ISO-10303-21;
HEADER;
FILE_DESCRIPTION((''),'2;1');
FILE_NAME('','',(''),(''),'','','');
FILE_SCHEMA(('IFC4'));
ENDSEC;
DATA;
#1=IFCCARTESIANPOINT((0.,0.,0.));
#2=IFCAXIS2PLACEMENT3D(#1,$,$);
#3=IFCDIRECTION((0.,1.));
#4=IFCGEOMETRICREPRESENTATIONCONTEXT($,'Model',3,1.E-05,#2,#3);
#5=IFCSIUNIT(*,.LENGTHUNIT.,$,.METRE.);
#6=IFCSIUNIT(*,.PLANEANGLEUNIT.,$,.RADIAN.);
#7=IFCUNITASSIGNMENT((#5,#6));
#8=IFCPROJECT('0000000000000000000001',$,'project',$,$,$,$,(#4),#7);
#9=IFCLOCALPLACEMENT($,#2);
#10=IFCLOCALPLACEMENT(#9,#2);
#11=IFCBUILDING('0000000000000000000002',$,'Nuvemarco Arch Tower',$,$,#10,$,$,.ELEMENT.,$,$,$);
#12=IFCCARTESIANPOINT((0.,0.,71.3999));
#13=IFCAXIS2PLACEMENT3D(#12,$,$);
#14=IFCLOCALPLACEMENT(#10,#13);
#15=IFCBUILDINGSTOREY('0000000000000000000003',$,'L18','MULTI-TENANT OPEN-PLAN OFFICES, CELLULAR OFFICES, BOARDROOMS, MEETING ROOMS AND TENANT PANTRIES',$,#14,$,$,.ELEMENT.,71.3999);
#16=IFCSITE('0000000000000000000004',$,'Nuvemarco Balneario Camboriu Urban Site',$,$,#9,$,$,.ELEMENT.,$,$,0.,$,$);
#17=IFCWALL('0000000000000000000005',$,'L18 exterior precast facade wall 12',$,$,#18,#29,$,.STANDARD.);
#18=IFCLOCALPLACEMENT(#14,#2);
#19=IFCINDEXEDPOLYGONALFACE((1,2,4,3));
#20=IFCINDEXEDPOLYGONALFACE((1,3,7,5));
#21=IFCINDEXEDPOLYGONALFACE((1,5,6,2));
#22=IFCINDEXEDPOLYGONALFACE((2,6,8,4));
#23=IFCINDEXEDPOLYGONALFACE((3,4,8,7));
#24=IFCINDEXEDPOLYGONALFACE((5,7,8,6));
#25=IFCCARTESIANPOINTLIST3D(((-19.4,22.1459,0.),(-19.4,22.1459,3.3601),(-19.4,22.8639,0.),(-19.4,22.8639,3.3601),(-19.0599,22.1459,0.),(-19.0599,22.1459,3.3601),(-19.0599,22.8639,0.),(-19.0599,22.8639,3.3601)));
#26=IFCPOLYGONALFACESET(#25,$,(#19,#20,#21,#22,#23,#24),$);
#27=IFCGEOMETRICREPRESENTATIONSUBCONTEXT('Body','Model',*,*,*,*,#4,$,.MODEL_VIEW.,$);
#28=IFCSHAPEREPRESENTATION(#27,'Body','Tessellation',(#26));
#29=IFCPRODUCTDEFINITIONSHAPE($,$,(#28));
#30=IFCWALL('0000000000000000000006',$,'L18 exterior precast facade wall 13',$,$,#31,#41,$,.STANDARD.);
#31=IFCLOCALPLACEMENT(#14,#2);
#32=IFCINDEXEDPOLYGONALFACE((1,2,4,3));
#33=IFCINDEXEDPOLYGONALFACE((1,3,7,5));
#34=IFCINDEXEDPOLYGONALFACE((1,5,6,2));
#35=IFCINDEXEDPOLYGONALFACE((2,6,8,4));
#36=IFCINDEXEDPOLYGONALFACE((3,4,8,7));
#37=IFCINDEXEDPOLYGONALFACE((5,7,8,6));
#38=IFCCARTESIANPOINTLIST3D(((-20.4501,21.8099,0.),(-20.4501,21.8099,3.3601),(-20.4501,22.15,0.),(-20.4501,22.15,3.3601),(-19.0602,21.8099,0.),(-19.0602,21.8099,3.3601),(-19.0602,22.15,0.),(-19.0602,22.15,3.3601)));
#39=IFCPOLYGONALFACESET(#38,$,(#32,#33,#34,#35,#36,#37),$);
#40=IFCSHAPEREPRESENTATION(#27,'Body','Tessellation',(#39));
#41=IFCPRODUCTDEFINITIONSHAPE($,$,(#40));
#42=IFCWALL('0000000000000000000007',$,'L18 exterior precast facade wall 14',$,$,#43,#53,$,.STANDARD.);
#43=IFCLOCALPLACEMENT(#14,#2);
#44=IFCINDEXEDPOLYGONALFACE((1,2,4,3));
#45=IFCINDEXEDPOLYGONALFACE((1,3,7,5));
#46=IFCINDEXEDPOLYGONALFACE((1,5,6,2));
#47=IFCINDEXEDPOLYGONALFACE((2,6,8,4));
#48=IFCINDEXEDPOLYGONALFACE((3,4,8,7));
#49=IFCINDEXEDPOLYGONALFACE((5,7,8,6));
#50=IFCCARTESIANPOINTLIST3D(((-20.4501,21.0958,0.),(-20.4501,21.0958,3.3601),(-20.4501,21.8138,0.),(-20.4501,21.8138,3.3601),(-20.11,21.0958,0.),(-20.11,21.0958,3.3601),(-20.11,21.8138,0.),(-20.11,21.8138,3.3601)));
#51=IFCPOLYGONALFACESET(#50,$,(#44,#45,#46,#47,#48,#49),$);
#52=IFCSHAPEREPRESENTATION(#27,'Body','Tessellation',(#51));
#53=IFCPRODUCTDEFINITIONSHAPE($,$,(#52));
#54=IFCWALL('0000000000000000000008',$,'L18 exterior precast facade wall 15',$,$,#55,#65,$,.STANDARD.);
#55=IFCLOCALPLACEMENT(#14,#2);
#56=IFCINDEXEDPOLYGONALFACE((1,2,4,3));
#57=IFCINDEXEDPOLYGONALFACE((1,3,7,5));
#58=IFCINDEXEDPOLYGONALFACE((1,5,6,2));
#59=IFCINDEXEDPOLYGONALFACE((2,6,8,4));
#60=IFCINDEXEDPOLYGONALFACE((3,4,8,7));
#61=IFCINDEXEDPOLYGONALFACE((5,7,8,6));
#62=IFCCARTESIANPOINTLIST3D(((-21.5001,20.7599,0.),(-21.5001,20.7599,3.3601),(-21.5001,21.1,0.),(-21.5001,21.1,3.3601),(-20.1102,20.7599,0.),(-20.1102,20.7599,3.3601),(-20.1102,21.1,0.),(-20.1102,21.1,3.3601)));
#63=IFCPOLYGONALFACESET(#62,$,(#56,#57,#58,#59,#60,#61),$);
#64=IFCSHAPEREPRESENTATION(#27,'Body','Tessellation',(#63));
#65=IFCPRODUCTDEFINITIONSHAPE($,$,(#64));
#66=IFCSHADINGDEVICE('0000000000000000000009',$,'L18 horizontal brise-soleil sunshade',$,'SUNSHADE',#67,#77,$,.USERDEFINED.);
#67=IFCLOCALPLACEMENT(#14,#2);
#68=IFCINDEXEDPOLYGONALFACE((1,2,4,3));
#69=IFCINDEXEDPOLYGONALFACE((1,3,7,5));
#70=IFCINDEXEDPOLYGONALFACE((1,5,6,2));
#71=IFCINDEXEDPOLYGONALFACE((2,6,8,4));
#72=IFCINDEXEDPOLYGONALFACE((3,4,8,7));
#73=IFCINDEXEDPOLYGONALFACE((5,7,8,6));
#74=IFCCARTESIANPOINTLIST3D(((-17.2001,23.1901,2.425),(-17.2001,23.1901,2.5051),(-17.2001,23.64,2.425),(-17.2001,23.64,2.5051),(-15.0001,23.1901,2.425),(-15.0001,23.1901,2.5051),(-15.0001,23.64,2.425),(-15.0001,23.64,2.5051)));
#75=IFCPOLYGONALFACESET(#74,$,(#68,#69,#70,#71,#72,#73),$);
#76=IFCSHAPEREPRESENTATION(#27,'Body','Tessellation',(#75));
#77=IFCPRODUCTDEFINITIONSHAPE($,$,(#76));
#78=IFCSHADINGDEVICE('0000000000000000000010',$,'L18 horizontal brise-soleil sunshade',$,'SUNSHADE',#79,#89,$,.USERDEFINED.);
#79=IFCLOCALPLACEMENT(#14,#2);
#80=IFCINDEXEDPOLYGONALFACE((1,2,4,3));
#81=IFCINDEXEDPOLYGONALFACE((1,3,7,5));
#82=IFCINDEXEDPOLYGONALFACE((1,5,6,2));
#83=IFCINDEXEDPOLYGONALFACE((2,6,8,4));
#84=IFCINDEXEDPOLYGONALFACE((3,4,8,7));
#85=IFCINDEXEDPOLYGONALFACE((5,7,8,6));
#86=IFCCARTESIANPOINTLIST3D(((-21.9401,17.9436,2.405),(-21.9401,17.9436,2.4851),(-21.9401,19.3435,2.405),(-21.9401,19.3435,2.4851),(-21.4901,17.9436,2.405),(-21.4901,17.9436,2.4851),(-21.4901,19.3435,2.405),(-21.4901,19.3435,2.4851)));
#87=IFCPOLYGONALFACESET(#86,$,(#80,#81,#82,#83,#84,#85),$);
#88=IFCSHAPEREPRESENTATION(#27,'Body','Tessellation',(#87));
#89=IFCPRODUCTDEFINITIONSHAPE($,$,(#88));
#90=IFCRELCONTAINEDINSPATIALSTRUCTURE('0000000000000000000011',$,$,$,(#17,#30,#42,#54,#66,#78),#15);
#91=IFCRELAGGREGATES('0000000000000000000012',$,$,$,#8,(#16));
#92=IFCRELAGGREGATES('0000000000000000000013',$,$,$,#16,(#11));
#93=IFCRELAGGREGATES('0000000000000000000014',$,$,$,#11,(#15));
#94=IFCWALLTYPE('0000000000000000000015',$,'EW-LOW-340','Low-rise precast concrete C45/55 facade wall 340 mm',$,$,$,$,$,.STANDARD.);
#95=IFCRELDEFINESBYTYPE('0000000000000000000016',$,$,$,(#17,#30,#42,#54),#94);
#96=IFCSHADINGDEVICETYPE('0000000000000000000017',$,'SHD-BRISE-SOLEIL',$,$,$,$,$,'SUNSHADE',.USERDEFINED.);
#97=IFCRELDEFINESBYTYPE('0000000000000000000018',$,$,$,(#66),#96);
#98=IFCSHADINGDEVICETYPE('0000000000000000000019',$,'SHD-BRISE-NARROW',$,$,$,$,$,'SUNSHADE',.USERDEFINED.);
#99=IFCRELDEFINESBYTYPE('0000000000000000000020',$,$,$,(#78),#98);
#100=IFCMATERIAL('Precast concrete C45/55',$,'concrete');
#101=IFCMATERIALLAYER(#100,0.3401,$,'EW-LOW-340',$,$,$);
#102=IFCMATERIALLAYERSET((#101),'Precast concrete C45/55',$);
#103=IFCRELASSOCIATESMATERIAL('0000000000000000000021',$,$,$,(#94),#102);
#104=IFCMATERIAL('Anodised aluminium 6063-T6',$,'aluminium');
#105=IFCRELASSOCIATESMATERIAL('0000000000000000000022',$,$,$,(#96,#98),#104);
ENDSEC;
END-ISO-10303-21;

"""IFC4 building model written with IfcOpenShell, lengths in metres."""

from ifc_helpers import new_model, si_unit, direction, frame, frame_2d, origin, origin_2d, place, context, subcontext, project, spatial, rectangle, extrude, source, transform, mapped, material, layer, layer_set, type_object, type_shapes, element, save


model = new_model("IFC4")

# Units and contexts
model_context = context("Model", 3, precision=1e-05, world=origin(), true_north=direction((0.0, 1.0)))
body_context = subcontext(model_context, "Body", "Model", "MODEL_VIEW")
ifc_project = project(units=[si_unit("LENGTHUNIT", "METRE"), si_unit("PLANEANGLEUNIT", "RADIAN")], contexts=[model_context])

# Site, building, storey
site_placement = place(None, origin())
site = spatial("IfcSite", under=ifc_project, at=site_placement, Name="Nuvemarco Balneario Camboriu Urban Site", CompositionType="ELEMENT", RefElevation=0.0)
building_placement = place(site_placement, origin())
building = spatial("IfcBuilding", under=site, at=building_placement, Name="Nuvemarco Arch Tower", CompositionType="ELEMENT")
storey_placement = place(building_placement, frame((0.0, 0.0, 71.3999)))
storey = spatial("IfcBuildingStorey", under=building, at=storey_placement, Name="L18", Description="MULTI-TENANT OPEN-PLAN OFFICES, CELLULAR OFFICES, BOARDROOMS, MEETING ROOMS AND TENANT PANTRIES", CompositionType="ELEMENT", Elevation=71.3999)

# Shared definitions
ifc_material_1 = material(Name="Precast concrete C45/55", Category="concrete")
ifc_layer = layer(ifc_material_1, 0.3401, Name="EW-LOW-340")
ifc_layer_set = layer_set([ifc_layer], Name="Precast concrete C45/55")
wall_type = type_object("IfcWallType", Name="EW-LOW-340", Description="Low-rise precast concrete C45/55 facade wall 340 mm", PredefinedType="STANDARD", material=ifc_layer_set)

# Walls
wall_1_placement = place(storey_placement, frame((-19.23, 22.146, 0.0), z_axis=(0.0, 0.0, 1.0), x_axis=(0.0, 1.0, 0.0)))
element("IfcWall", 1, at=wall_1_placement, inside=storey, type_object=wall_type, Name="L18 exterior precast facade wall 12", PredefinedType="STANDARD", context=body_context, shape_type="SweptSolid", body=[
    extrude(rectangle(XDim=0.718, YDim=0.3401, at=frame_2d((0.3589, 0.0))), origin(), (0.0, 0.0, 1.0), 3.3601),
])
wall_2_placement = place(storey_placement, frame((-20.45, 21.98, 0.0), z_axis=(0.0, 0.0, 1.0), x_axis=(1.0, 0.0, 0.0)))
element("IfcWall", 2, at=wall_2_placement, inside=storey, type_object=wall_type, Name="L18 exterior precast facade wall 13", PredefinedType="STANDARD", context=body_context, shape_type="SweptSolid", body=[
    extrude(rectangle(XDim=1.3899, YDim=0.3401, at=frame_2d((0.6948, 0.0))), origin(), (0.0, 0.0, 1.0), 3.3601),
])
wall_3_placement = place(storey_placement, frame((-20.28, 21.0959, 0.0), z_axis=(0.0, 0.0, 1.0), x_axis=(0.0, 1.0, 0.0)))
element("IfcWall", 3, at=wall_3_placement, inside=storey, type_object=wall_type, Name="L18 exterior precast facade wall 14", PredefinedType="STANDARD", context=body_context, shape_type="SweptSolid", body=[
    extrude(rectangle(XDim=0.718, YDim=0.3401, at=frame_2d((0.3589, 0.0))), origin(), (0.0, 0.0, 1.0), 3.3601),
])
wall_4_placement = place(storey_placement, frame((-21.5, 20.9299, 0.0), z_axis=(0.0, 0.0, 1.0), x_axis=(1.0, 0.0, 0.0)))
element("IfcWall", 4, at=wall_4_placement, inside=storey, type_object=wall_type, Name="L18 exterior precast facade wall 15", PredefinedType="STANDARD", context=body_context, shape_type="SweptSolid", body=[
    extrude(rectangle(XDim=1.3899, YDim=0.3401, at=frame_2d((0.6948, 0.0))), origin(), (0.0, 0.0, 1.0), 3.3601),
])

# Shading devices
ifc_material_2 = material(Name="Anodised aluminium 6063-T6", Category="aluminium")
shading_device_type_1 = type_object("IfcShadingDeviceType", Name="SHD-BRISE-SOLEIL", ElementType="SUNSHADE", PredefinedType="USERDEFINED", material=ifc_material_2)
shared_shape_1 = source(origin(), body_context, "Body", "SweptSolid", [
    extrude(rectangle(XDim=2.2, YDim=0.45, at=origin_2d()), origin(), (0.0, 0.0, 1.0), 0.0801),
])
type_shapes(shading_device_type_1, [shared_shape_1])
shading_device_1_placement = place(storey_placement, frame((-16.1001, 23.415, 2.425), z_axis=(0.0, 0.0, 1.0), x_axis=(1.0, 0.0, 0.0)))
element("IfcShadingDevice", 5, at=shading_device_1_placement, inside=storey, type_object=shading_device_type_1, Name="L18 horizontal brise-soleil sunshade", ObjectType="SUNSHADE", PredefinedType="USERDEFINED", context=body_context, shape_type="MappedRepresentation", body=[
    mapped(shared_shape_1, transform((0.0, 0.0, 0.0), scale=1.0)),
])
shading_device_type_2 = type_object("IfcShadingDeviceType", Name="SHD-BRISE-NARROW", ElementType="SUNSHADE", PredefinedType="USERDEFINED", material=ifc_material_2)
shared_shape_2 = source(origin(), body_context, "Body", "SweptSolid", [
    extrude(rectangle(XDim=1.3999, YDim=0.45, at=origin_2d()), origin(), (0.0, 0.0, 1.0), 0.0801),
])
type_shapes(shading_device_type_2, [shared_shape_2])
shading_device_2_placement = place(storey_placement, frame((-21.7151, 18.6436, 2.405), z_axis=(0.0, 0.0, 1.0), x_axis=(0.0, 1.0, 0.0)))
element("IfcShadingDevice", 6, at=shading_device_2_placement, inside=storey, type_object=shading_device_type_2, Name="L18 horizontal brise-soleil sunshade", ObjectType="SUNSHADE", PredefinedType="USERDEFINED", context=body_context, shape_type="MappedRepresentation", body=[
    mapped(shared_shape_2, transform((0.0, 0.0, 0.0), scale=1.0)),
])

save(model, "model.ifc")
